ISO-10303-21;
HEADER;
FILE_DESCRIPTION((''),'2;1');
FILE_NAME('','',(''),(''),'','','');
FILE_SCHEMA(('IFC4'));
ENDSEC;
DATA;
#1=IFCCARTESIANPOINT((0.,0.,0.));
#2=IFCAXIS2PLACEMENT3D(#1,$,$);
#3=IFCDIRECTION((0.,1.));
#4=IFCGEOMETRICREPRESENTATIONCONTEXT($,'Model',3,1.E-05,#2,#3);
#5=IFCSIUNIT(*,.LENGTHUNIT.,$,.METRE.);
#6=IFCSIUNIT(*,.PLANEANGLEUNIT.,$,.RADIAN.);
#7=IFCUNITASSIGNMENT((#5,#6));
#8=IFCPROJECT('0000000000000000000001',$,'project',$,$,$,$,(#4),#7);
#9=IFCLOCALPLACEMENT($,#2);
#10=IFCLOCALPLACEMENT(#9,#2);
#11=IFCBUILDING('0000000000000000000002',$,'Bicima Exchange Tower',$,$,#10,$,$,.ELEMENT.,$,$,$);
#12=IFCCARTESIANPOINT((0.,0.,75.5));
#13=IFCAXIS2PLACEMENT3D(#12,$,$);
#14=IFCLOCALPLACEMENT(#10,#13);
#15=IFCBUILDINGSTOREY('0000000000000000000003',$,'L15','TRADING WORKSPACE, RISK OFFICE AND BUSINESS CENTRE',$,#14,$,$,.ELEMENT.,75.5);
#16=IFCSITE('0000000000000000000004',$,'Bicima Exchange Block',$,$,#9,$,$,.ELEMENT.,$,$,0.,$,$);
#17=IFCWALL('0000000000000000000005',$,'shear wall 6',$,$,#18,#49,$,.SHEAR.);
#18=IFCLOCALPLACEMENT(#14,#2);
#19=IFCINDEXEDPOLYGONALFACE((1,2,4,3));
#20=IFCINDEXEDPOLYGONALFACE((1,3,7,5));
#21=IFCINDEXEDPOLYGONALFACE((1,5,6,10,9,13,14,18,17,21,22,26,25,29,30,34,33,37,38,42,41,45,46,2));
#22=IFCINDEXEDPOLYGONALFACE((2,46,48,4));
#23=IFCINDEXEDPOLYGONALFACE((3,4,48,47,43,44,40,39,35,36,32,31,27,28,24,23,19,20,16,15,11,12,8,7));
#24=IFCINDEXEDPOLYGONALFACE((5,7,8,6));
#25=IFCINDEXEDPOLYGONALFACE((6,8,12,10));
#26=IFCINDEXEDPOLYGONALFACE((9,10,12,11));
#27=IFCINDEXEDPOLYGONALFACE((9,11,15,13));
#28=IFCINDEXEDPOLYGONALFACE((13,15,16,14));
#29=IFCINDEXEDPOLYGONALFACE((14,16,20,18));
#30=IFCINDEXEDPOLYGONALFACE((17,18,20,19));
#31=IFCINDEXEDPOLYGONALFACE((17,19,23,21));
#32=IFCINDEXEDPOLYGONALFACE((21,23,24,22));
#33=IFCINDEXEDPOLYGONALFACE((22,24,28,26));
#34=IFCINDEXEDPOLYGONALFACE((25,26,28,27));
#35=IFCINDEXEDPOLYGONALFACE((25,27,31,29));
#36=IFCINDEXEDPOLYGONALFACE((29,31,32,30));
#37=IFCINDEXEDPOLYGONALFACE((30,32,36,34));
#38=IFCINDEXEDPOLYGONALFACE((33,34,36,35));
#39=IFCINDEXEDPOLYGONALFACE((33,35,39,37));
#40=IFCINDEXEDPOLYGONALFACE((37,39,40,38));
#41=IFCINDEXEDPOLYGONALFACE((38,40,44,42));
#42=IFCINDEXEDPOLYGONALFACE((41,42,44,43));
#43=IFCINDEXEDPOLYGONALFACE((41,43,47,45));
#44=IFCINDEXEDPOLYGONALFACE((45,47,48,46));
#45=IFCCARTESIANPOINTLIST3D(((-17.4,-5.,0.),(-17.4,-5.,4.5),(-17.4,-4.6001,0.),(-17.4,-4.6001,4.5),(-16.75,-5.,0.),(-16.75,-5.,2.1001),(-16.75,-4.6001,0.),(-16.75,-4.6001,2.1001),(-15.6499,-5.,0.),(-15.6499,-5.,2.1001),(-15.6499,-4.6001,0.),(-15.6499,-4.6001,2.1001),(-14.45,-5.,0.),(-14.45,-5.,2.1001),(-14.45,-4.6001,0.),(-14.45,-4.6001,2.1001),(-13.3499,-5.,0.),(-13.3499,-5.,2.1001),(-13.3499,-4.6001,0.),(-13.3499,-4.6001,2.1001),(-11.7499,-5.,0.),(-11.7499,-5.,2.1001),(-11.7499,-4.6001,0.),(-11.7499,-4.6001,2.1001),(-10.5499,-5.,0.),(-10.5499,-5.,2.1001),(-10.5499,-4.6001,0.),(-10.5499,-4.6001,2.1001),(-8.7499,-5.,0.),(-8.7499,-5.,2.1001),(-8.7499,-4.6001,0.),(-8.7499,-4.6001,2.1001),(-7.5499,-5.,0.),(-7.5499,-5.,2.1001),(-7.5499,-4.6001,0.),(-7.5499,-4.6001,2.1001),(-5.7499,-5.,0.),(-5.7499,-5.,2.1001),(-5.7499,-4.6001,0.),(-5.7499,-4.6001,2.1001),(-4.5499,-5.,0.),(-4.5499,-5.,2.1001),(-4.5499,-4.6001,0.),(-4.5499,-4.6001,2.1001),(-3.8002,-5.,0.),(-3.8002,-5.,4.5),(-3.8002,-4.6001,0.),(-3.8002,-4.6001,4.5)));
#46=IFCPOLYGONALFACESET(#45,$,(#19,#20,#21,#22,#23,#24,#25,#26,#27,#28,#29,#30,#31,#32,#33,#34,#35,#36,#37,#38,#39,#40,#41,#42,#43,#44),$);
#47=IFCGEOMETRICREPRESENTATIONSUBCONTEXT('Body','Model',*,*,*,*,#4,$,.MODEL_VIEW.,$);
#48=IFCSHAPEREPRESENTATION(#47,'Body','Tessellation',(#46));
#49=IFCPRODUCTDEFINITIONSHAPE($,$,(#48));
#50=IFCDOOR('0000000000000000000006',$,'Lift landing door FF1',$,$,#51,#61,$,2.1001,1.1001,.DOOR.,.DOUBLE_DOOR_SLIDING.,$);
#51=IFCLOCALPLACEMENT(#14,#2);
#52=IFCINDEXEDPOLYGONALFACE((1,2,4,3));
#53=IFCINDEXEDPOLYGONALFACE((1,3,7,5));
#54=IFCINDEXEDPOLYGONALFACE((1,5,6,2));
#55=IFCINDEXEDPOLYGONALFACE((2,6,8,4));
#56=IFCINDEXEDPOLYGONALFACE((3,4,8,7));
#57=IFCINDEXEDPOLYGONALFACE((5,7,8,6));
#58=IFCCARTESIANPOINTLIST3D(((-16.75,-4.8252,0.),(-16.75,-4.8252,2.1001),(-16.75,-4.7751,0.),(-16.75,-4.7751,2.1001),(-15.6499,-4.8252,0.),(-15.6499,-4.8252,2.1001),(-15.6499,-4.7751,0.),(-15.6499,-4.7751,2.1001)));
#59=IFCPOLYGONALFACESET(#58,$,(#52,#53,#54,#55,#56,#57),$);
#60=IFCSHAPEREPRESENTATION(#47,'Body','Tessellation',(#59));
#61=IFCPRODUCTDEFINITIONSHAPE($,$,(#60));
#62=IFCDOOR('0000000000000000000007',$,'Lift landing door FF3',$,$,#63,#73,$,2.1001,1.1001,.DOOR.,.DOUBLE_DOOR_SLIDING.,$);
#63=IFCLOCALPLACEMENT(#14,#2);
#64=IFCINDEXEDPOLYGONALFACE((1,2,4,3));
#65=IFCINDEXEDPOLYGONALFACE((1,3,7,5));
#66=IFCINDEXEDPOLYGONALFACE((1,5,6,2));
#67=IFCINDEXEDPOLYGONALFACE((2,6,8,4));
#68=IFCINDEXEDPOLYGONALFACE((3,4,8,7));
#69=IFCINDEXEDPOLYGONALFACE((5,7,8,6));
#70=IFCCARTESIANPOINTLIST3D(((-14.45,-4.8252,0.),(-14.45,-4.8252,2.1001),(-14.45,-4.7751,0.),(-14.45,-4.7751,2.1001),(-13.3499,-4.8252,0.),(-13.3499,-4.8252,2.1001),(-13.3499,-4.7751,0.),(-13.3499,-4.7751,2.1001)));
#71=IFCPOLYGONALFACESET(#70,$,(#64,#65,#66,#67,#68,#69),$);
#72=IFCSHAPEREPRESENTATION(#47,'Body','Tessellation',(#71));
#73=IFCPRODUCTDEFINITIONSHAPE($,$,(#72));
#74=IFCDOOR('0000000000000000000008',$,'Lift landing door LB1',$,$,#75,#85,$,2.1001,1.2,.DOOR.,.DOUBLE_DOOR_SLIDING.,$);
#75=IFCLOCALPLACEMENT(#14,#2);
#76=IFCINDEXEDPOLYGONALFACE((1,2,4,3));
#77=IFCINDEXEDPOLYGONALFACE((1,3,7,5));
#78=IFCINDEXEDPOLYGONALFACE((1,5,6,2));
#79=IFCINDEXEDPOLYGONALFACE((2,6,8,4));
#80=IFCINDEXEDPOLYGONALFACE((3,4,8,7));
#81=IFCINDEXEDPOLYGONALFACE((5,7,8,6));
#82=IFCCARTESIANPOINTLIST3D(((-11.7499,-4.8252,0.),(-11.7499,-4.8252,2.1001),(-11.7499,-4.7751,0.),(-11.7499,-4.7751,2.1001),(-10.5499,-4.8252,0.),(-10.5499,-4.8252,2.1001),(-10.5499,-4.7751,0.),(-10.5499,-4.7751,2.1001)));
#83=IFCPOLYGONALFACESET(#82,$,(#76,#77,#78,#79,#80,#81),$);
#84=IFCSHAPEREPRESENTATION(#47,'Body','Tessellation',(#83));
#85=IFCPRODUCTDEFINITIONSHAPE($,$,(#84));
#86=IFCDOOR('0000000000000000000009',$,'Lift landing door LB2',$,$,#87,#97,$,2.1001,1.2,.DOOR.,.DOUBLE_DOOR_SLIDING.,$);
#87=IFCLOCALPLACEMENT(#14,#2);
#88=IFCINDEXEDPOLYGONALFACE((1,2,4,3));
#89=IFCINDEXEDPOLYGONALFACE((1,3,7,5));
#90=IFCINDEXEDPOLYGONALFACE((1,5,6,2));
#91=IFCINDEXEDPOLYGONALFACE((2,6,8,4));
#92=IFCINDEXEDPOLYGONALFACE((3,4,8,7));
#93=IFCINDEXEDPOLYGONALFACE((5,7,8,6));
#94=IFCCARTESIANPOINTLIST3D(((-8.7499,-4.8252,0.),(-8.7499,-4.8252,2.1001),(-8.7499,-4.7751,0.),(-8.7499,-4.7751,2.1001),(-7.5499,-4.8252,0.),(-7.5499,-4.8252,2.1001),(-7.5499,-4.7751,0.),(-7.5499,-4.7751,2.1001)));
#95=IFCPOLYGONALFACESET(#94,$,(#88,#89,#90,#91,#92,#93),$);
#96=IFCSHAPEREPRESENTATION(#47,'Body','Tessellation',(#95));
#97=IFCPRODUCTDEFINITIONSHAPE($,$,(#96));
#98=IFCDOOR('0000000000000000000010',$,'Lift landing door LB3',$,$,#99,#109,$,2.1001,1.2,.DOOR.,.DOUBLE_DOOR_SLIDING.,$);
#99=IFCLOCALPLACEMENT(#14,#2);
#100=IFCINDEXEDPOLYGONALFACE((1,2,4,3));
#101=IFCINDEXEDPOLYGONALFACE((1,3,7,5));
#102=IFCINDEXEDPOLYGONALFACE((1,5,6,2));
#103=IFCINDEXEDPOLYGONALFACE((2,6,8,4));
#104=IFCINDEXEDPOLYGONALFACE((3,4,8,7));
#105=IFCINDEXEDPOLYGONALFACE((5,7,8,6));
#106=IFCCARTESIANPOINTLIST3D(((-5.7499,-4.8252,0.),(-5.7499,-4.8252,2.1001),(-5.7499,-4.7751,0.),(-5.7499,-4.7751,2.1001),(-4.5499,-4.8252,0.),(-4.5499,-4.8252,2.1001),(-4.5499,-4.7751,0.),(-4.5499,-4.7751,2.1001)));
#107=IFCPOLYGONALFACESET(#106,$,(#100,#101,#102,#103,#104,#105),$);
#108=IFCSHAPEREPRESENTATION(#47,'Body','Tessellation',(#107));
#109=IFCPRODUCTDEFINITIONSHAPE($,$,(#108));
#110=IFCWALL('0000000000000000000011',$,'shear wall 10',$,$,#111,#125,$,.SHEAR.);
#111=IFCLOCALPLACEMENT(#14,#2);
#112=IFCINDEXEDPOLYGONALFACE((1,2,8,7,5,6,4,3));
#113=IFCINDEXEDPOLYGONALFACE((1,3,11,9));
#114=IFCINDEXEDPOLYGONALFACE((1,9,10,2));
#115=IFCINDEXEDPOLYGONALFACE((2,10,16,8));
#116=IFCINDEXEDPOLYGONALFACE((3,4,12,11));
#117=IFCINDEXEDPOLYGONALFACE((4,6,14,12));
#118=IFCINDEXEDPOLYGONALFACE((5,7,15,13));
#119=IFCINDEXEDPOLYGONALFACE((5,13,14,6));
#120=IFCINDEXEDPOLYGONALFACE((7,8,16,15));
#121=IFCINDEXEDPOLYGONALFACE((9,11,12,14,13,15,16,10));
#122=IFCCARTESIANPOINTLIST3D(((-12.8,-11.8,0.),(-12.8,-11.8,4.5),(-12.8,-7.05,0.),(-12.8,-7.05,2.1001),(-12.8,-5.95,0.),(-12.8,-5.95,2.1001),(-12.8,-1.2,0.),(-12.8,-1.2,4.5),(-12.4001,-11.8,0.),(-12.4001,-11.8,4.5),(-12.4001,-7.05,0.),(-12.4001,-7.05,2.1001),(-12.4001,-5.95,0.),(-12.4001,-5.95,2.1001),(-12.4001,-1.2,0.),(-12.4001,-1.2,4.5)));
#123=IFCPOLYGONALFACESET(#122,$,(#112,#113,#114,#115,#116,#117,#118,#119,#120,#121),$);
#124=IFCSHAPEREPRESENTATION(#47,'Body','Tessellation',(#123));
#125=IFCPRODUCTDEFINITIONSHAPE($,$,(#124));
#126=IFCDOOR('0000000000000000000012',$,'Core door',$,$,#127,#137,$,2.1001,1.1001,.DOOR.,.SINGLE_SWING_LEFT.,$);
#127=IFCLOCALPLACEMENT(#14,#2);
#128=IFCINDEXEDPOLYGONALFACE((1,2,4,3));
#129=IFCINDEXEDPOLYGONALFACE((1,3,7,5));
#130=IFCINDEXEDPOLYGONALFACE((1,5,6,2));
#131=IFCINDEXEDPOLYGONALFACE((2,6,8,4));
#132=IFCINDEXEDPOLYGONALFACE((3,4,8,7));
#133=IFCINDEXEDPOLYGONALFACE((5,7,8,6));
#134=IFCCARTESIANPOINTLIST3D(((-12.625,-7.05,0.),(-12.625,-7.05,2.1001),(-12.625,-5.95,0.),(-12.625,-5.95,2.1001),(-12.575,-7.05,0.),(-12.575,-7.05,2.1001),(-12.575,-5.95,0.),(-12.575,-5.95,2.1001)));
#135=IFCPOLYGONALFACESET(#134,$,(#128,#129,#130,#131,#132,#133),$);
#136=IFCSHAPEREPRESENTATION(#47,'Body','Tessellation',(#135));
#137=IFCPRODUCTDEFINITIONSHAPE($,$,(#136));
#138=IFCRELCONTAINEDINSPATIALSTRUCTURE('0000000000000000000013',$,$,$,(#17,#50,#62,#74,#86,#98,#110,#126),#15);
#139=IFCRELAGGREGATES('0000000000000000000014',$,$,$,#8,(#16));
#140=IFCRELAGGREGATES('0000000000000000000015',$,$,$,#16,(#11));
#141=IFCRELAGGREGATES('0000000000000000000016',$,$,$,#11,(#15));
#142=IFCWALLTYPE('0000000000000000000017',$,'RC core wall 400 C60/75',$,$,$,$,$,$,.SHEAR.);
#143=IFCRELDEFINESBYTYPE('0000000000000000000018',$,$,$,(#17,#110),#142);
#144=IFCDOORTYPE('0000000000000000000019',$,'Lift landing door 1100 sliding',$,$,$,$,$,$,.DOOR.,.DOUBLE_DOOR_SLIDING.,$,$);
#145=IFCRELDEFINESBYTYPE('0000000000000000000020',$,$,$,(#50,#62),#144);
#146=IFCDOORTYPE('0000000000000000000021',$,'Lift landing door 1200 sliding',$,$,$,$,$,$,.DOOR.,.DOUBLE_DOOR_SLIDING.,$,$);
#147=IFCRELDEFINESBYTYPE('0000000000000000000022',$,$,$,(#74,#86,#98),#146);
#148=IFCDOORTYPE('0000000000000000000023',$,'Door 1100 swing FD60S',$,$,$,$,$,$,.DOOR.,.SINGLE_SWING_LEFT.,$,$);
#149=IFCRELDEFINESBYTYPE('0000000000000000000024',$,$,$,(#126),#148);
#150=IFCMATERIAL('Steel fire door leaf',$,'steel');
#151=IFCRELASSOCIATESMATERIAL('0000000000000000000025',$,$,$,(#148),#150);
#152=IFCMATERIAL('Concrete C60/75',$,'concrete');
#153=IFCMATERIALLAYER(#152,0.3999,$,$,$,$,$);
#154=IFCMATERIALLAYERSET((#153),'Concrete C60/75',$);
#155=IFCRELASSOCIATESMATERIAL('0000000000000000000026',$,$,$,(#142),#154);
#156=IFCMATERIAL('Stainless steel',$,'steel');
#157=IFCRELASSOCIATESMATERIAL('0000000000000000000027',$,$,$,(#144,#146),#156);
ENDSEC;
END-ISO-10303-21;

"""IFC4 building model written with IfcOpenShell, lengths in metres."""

from ifc_helpers import new_model, si_unit, direction, frame, frame_2d, origin, place, context, subcontext, project, spatial, rectangle, extrude, material, layer, layer_set, type_object, element, fill, save


model = new_model("IFC4")

# Units and contexts
model_context = context("Model", 3, precision=1e-05, world=origin(), true_north=direction((0.0, 1.0)))
body_context = subcontext(model_context, "Body", "Model", "MODEL_VIEW")
ifc_project = project(units=[si_unit("LENGTHUNIT", "METRE"), si_unit("PLANEANGLEUNIT", "RADIAN")], contexts=[model_context])

# Site, building, storey
site_placement = place(None, origin())
site = spatial("IfcSite", under=ifc_project, at=site_placement, Name="Bicima Exchange Block", CompositionType="ELEMENT", RefElevation=0.0)
building_placement = place(site_placement, origin())
building = spatial("IfcBuilding", under=site, at=building_placement, Name="Bicima Exchange Tower", CompositionType="ELEMENT")
storey_placement = place(building_placement, frame((0.0, 0.0, 75.5)))
storey = spatial("IfcBuildingStorey", under=building, at=storey_placement, Name="L15", Description="TRADING WORKSPACE, RISK OFFICE AND BUSINESS CENTRE", CompositionType="ELEMENT", Elevation=75.5)

# Shared definitions
ifc_material_1 = material(Name="Steel fire door leaf", Category="steel")

# Shared definitions
door_type_1 = type_object("IfcDoorType", Name="Door 1100 swing FD60S", OperationType="SINGLE_SWING_LEFT", PredefinedType="DOOR", material=ifc_material_1)

# Shared definitions
ifc_material_2 = material(Name="Concrete C60/75", Category="concrete")
ifc_layer_1 = layer(ifc_material_2, 0.3999)
ifc_layer_set_1 = layer_set([ifc_layer_1], Name="Concrete C60/75")
wall_type_1 = type_object("IfcWallType", Name="RC core wall 400 C60/75", PredefinedType="SHEAR", material=ifc_layer_set_1)

# Wall, openings, doors
wall_1_placement = place(storey_placement, frame((-17.3999, -4.8, 0.0), z_axis=(0.0, 0.0, 1.0), x_axis=(1.0, 0.0, 0.0)))
wall_1 = element("IfcWall", 1, at=wall_1_placement, inside=storey, type_object=wall_type_1, Name="shear wall 6", PredefinedType="SHEAR", context=body_context, shape_type="SweptSolid", body=[
    extrude(rectangle(XDim=13.5999, YDim=0.3999, at=frame_2d((6.7998, 0.0))), origin(), (0.0, 0.0, 1.0), 4.5),
])
opening_1_placement = place(wall_1_placement, frame((0.6499, 0.0, 0.0)))
opening_1 = element("IfcOpeningElement", 2, at=opening_1_placement, cuts=wall_1, PredefinedType="OPENING", context=body_context, shape_type="SweptSolid", body=[
    extrude(rectangle(XDim=1.1001, YDim=2.1001, at=frame_2d((0.55, 1.05))), frame((0.0, 0.2119, 0.0), z_axis=(0.0, -1.0, 0.0), x_axis=(1.0, 0.0, 0.0)), (0.0, 0.0, 1.0), 0.4238),
])
opening_2_placement = place(wall_1_placement, frame((2.95, 0.0, 0.0)))
opening_2 = element("IfcOpeningElement", 3, at=opening_2_placement, cuts=wall_1, PredefinedType="OPENING", context=body_context, shape_type="SweptSolid", body=[
    extrude(rectangle(XDim=1.1001, YDim=2.1001, at=frame_2d((0.55, 1.05))), frame((0.0, 0.2119, 0.0), z_axis=(0.0, -1.0, 0.0), x_axis=(1.0, 0.0, 0.0)), (0.0, 0.0, 1.0), 0.4238),
])
opening_3_placement = place(wall_1_placement, frame((5.6499, 0.0, 0.0)))
opening_3 = element("IfcOpeningElement", 4, at=opening_3_placement, cuts=wall_1, PredefinedType="OPENING", context=body_context, shape_type="SweptSolid", body=[
    extrude(rectangle(XDim=1.2, YDim=2.1001, at=frame_2d((0.6001, 1.05))), frame((0.0, 0.2119, 0.0), z_axis=(0.0, -1.0, 0.0), x_axis=(1.0, 0.0, 0.0)), (0.0, 0.0, 1.0), 0.4238),
])
opening_4_placement = place(wall_1_placement, frame((8.6499, 0.0, 0.0)))
opening_4 = element("IfcOpeningElement", 5, at=opening_4_placement, cuts=wall_1, PredefinedType="OPENING", context=body_context, shape_type="SweptSolid", body=[
    extrude(rectangle(XDim=1.2, YDim=2.1001, at=frame_2d((0.6001, 1.05))), frame((0.0, 0.2119, 0.0), z_axis=(0.0, -1.0, 0.0), x_axis=(1.0, 0.0, 0.0)), (0.0, 0.0, 1.0), 0.4238),
])
opening_5_placement = place(wall_1_placement, frame((11.6499, 0.0, 0.0)))
opening_5 = element("IfcOpeningElement", 6, at=opening_5_placement, cuts=wall_1, PredefinedType="OPENING", context=body_context, shape_type="SweptSolid", body=[
    extrude(rectangle(XDim=1.2, YDim=2.1001, at=frame_2d((0.6001, 1.05))), frame((0.0, 0.2119, 0.0), z_axis=(0.0, -1.0, 0.0), x_axis=(1.0, 0.0, 0.0)), (0.0, 0.0, 1.0), 0.4238),
])
ifc_material_3 = material(Name="Stainless steel", Category="steel")
door_type_2 = type_object("IfcDoorType", Name="Lift landing door 1100 sliding", OperationType="DOUBLE_DOOR_SLIDING", PredefinedType="DOOR", material=ifc_material_3)
door_1_placement = place(opening_1_placement, origin())
door_1 = element("IfcDoor", 7, at=door_1_placement, inside=storey, type_object=door_type_2, Name="Lift landing door FF1", OperationType="DOUBLE_DOOR_SLIDING", OverallHeight=2.1001, OverallWidth=1.1001, PredefinedType="DOOR", context=body_context, shape_type="SweptSolid", body=[
    extrude(rectangle(XDim=1.1001, YDim=2.1001, at=frame_2d((0.55, 1.05))), frame((0.0, 0.0249, 0.0), z_axis=(0.0, -1.0, 0.0), x_axis=(1.0, 0.0, 0.0)), (0.0, 0.0, 1.0), 0.05),
])
fill(opening_1, door_1)
door_2_placement = place(opening_2_placement, origin())
door_2 = element("IfcDoor", 8, at=door_2_placement, inside=storey, type_object=door_type_2, Name="Lift landing door FF3", OperationType="DOUBLE_DOOR_SLIDING", OverallHeight=2.1001, OverallWidth=1.1001, PredefinedType="DOOR", context=body_context, shape_type="SweptSolid", body=[
    extrude(rectangle(XDim=1.1001, YDim=2.1001, at=frame_2d((0.55, 1.05))), frame((0.0, 0.0249, 0.0), z_axis=(0.0, -1.0, 0.0), x_axis=(1.0, 0.0, 0.0)), (0.0, 0.0, 1.0), 0.05),
])
fill(opening_2, door_2)
door_type_3 = type_object("IfcDoorType", Name="Lift landing door 1200 sliding", OperationType="DOUBLE_DOOR_SLIDING", PredefinedType="DOOR", material=ifc_material_3)
door_3_placement = place(opening_3_placement, origin())
door_3 = element("IfcDoor", 9, at=door_3_placement, inside=storey, type_object=door_type_3, Name="Lift landing door LB1", OperationType="DOUBLE_DOOR_SLIDING", OverallHeight=2.1001, OverallWidth=1.2, PredefinedType="DOOR", context=body_context, shape_type="SweptSolid", body=[
    extrude(rectangle(XDim=1.2, YDim=2.1001, at=frame_2d((0.6001, 1.05))), frame((0.0, 0.0249, 0.0), z_axis=(0.0, -1.0, 0.0), x_axis=(1.0, 0.0, 0.0)), (0.0, 0.0, 1.0), 0.05),
])
fill(opening_3, door_3)
door_4_placement = place(opening_4_placement, origin())
door_4 = element("IfcDoor", 10, at=door_4_placement, inside=storey, type_object=door_type_3, Name="Lift landing door LB2", OperationType="DOUBLE_DOOR_SLIDING", OverallHeight=2.1001, OverallWidth=1.2, PredefinedType="DOOR", context=body_context, shape_type="SweptSolid", body=[
    extrude(rectangle(XDim=1.2, YDim=2.1001, at=frame_2d((0.6001, 1.05))), frame((0.0, 0.0249, 0.0), z_axis=(0.0, -1.0, 0.0), x_axis=(1.0, 0.0, 0.0)), (0.0, 0.0, 1.0), 0.05),
])
fill(opening_4, door_4)
door_5_placement = place(opening_5_placement, origin())
door_5 = element("IfcDoor", 11, at=door_5_placement, inside=storey, type_object=door_type_3, Name="Lift landing door LB3", OperationType="DOUBLE_DOOR_SLIDING", OverallHeight=2.1001, OverallWidth=1.2, PredefinedType="DOOR", context=body_context, shape_type="SweptSolid", body=[
    extrude(rectangle(XDim=1.2, YDim=2.1001, at=frame_2d((0.6001, 1.05))), frame((0.0, 0.0249, 0.0), z_axis=(0.0, -1.0, 0.0), x_axis=(1.0, 0.0, 0.0)), (0.0, 0.0, 1.0), 0.05),
])
fill(opening_5, door_5)

# Wall, opening, door
wall_2_placement = place(storey_placement, frame((-12.6001, -11.8, 0.0), z_axis=(0.0, 0.0, 1.0), x_axis=(0.0, 1.0, 0.0)))
wall_2 = element("IfcWall", 12, at=wall_2_placement, inside=storey, type_object=wall_type_1, Name="shear wall 10", PredefinedType="SHEAR", context=body_context, shape_type="SweptSolid", body=[
    extrude(rectangle(XDim=10.6001, YDim=0.3999, at=frame_2d((5.3, 0.0))), origin(), (0.0, 0.0, 1.0), 4.5),
])
opening_6_placement = place(wall_2_placement, frame((4.75, 0.0, 0.0)))
opening_6 = element("IfcOpeningElement", 13, at=opening_6_placement, cuts=wall_2, PredefinedType="OPENING", context=body_context, shape_type="SweptSolid", body=[
    extrude(rectangle(XDim=1.1001, YDim=2.1001, at=frame_2d((0.55, 1.05))), frame((0.0, 0.2119, 0.0), z_axis=(0.0, -1.0, 0.0), x_axis=(1.0, 0.0, 0.0)), (0.0, 0.0, 1.0), 0.4238),
])
door_6_placement = place(opening_6_placement, origin())
door_6 = element("IfcDoor", 14, at=door_6_placement, inside=storey, type_object=door_type_1, Name="Core door", OperationType="SINGLE_SWING_LEFT", OverallHeight=2.1001, OverallWidth=1.1001, PredefinedType="DOOR", context=body_context, shape_type="SweptSolid", body=[
    extrude(rectangle(XDim=1.1001, YDim=2.1001, at=frame_2d((0.55, 1.05))), frame((0.0, 0.0249, 0.0), z_axis=(0.0, -1.0, 0.0), x_axis=(1.0, 0.0, 0.0)), (0.0, 0.0, 1.0), 0.05),
])
fill(opening_6, door_6)

save(model, "model.ifc")
